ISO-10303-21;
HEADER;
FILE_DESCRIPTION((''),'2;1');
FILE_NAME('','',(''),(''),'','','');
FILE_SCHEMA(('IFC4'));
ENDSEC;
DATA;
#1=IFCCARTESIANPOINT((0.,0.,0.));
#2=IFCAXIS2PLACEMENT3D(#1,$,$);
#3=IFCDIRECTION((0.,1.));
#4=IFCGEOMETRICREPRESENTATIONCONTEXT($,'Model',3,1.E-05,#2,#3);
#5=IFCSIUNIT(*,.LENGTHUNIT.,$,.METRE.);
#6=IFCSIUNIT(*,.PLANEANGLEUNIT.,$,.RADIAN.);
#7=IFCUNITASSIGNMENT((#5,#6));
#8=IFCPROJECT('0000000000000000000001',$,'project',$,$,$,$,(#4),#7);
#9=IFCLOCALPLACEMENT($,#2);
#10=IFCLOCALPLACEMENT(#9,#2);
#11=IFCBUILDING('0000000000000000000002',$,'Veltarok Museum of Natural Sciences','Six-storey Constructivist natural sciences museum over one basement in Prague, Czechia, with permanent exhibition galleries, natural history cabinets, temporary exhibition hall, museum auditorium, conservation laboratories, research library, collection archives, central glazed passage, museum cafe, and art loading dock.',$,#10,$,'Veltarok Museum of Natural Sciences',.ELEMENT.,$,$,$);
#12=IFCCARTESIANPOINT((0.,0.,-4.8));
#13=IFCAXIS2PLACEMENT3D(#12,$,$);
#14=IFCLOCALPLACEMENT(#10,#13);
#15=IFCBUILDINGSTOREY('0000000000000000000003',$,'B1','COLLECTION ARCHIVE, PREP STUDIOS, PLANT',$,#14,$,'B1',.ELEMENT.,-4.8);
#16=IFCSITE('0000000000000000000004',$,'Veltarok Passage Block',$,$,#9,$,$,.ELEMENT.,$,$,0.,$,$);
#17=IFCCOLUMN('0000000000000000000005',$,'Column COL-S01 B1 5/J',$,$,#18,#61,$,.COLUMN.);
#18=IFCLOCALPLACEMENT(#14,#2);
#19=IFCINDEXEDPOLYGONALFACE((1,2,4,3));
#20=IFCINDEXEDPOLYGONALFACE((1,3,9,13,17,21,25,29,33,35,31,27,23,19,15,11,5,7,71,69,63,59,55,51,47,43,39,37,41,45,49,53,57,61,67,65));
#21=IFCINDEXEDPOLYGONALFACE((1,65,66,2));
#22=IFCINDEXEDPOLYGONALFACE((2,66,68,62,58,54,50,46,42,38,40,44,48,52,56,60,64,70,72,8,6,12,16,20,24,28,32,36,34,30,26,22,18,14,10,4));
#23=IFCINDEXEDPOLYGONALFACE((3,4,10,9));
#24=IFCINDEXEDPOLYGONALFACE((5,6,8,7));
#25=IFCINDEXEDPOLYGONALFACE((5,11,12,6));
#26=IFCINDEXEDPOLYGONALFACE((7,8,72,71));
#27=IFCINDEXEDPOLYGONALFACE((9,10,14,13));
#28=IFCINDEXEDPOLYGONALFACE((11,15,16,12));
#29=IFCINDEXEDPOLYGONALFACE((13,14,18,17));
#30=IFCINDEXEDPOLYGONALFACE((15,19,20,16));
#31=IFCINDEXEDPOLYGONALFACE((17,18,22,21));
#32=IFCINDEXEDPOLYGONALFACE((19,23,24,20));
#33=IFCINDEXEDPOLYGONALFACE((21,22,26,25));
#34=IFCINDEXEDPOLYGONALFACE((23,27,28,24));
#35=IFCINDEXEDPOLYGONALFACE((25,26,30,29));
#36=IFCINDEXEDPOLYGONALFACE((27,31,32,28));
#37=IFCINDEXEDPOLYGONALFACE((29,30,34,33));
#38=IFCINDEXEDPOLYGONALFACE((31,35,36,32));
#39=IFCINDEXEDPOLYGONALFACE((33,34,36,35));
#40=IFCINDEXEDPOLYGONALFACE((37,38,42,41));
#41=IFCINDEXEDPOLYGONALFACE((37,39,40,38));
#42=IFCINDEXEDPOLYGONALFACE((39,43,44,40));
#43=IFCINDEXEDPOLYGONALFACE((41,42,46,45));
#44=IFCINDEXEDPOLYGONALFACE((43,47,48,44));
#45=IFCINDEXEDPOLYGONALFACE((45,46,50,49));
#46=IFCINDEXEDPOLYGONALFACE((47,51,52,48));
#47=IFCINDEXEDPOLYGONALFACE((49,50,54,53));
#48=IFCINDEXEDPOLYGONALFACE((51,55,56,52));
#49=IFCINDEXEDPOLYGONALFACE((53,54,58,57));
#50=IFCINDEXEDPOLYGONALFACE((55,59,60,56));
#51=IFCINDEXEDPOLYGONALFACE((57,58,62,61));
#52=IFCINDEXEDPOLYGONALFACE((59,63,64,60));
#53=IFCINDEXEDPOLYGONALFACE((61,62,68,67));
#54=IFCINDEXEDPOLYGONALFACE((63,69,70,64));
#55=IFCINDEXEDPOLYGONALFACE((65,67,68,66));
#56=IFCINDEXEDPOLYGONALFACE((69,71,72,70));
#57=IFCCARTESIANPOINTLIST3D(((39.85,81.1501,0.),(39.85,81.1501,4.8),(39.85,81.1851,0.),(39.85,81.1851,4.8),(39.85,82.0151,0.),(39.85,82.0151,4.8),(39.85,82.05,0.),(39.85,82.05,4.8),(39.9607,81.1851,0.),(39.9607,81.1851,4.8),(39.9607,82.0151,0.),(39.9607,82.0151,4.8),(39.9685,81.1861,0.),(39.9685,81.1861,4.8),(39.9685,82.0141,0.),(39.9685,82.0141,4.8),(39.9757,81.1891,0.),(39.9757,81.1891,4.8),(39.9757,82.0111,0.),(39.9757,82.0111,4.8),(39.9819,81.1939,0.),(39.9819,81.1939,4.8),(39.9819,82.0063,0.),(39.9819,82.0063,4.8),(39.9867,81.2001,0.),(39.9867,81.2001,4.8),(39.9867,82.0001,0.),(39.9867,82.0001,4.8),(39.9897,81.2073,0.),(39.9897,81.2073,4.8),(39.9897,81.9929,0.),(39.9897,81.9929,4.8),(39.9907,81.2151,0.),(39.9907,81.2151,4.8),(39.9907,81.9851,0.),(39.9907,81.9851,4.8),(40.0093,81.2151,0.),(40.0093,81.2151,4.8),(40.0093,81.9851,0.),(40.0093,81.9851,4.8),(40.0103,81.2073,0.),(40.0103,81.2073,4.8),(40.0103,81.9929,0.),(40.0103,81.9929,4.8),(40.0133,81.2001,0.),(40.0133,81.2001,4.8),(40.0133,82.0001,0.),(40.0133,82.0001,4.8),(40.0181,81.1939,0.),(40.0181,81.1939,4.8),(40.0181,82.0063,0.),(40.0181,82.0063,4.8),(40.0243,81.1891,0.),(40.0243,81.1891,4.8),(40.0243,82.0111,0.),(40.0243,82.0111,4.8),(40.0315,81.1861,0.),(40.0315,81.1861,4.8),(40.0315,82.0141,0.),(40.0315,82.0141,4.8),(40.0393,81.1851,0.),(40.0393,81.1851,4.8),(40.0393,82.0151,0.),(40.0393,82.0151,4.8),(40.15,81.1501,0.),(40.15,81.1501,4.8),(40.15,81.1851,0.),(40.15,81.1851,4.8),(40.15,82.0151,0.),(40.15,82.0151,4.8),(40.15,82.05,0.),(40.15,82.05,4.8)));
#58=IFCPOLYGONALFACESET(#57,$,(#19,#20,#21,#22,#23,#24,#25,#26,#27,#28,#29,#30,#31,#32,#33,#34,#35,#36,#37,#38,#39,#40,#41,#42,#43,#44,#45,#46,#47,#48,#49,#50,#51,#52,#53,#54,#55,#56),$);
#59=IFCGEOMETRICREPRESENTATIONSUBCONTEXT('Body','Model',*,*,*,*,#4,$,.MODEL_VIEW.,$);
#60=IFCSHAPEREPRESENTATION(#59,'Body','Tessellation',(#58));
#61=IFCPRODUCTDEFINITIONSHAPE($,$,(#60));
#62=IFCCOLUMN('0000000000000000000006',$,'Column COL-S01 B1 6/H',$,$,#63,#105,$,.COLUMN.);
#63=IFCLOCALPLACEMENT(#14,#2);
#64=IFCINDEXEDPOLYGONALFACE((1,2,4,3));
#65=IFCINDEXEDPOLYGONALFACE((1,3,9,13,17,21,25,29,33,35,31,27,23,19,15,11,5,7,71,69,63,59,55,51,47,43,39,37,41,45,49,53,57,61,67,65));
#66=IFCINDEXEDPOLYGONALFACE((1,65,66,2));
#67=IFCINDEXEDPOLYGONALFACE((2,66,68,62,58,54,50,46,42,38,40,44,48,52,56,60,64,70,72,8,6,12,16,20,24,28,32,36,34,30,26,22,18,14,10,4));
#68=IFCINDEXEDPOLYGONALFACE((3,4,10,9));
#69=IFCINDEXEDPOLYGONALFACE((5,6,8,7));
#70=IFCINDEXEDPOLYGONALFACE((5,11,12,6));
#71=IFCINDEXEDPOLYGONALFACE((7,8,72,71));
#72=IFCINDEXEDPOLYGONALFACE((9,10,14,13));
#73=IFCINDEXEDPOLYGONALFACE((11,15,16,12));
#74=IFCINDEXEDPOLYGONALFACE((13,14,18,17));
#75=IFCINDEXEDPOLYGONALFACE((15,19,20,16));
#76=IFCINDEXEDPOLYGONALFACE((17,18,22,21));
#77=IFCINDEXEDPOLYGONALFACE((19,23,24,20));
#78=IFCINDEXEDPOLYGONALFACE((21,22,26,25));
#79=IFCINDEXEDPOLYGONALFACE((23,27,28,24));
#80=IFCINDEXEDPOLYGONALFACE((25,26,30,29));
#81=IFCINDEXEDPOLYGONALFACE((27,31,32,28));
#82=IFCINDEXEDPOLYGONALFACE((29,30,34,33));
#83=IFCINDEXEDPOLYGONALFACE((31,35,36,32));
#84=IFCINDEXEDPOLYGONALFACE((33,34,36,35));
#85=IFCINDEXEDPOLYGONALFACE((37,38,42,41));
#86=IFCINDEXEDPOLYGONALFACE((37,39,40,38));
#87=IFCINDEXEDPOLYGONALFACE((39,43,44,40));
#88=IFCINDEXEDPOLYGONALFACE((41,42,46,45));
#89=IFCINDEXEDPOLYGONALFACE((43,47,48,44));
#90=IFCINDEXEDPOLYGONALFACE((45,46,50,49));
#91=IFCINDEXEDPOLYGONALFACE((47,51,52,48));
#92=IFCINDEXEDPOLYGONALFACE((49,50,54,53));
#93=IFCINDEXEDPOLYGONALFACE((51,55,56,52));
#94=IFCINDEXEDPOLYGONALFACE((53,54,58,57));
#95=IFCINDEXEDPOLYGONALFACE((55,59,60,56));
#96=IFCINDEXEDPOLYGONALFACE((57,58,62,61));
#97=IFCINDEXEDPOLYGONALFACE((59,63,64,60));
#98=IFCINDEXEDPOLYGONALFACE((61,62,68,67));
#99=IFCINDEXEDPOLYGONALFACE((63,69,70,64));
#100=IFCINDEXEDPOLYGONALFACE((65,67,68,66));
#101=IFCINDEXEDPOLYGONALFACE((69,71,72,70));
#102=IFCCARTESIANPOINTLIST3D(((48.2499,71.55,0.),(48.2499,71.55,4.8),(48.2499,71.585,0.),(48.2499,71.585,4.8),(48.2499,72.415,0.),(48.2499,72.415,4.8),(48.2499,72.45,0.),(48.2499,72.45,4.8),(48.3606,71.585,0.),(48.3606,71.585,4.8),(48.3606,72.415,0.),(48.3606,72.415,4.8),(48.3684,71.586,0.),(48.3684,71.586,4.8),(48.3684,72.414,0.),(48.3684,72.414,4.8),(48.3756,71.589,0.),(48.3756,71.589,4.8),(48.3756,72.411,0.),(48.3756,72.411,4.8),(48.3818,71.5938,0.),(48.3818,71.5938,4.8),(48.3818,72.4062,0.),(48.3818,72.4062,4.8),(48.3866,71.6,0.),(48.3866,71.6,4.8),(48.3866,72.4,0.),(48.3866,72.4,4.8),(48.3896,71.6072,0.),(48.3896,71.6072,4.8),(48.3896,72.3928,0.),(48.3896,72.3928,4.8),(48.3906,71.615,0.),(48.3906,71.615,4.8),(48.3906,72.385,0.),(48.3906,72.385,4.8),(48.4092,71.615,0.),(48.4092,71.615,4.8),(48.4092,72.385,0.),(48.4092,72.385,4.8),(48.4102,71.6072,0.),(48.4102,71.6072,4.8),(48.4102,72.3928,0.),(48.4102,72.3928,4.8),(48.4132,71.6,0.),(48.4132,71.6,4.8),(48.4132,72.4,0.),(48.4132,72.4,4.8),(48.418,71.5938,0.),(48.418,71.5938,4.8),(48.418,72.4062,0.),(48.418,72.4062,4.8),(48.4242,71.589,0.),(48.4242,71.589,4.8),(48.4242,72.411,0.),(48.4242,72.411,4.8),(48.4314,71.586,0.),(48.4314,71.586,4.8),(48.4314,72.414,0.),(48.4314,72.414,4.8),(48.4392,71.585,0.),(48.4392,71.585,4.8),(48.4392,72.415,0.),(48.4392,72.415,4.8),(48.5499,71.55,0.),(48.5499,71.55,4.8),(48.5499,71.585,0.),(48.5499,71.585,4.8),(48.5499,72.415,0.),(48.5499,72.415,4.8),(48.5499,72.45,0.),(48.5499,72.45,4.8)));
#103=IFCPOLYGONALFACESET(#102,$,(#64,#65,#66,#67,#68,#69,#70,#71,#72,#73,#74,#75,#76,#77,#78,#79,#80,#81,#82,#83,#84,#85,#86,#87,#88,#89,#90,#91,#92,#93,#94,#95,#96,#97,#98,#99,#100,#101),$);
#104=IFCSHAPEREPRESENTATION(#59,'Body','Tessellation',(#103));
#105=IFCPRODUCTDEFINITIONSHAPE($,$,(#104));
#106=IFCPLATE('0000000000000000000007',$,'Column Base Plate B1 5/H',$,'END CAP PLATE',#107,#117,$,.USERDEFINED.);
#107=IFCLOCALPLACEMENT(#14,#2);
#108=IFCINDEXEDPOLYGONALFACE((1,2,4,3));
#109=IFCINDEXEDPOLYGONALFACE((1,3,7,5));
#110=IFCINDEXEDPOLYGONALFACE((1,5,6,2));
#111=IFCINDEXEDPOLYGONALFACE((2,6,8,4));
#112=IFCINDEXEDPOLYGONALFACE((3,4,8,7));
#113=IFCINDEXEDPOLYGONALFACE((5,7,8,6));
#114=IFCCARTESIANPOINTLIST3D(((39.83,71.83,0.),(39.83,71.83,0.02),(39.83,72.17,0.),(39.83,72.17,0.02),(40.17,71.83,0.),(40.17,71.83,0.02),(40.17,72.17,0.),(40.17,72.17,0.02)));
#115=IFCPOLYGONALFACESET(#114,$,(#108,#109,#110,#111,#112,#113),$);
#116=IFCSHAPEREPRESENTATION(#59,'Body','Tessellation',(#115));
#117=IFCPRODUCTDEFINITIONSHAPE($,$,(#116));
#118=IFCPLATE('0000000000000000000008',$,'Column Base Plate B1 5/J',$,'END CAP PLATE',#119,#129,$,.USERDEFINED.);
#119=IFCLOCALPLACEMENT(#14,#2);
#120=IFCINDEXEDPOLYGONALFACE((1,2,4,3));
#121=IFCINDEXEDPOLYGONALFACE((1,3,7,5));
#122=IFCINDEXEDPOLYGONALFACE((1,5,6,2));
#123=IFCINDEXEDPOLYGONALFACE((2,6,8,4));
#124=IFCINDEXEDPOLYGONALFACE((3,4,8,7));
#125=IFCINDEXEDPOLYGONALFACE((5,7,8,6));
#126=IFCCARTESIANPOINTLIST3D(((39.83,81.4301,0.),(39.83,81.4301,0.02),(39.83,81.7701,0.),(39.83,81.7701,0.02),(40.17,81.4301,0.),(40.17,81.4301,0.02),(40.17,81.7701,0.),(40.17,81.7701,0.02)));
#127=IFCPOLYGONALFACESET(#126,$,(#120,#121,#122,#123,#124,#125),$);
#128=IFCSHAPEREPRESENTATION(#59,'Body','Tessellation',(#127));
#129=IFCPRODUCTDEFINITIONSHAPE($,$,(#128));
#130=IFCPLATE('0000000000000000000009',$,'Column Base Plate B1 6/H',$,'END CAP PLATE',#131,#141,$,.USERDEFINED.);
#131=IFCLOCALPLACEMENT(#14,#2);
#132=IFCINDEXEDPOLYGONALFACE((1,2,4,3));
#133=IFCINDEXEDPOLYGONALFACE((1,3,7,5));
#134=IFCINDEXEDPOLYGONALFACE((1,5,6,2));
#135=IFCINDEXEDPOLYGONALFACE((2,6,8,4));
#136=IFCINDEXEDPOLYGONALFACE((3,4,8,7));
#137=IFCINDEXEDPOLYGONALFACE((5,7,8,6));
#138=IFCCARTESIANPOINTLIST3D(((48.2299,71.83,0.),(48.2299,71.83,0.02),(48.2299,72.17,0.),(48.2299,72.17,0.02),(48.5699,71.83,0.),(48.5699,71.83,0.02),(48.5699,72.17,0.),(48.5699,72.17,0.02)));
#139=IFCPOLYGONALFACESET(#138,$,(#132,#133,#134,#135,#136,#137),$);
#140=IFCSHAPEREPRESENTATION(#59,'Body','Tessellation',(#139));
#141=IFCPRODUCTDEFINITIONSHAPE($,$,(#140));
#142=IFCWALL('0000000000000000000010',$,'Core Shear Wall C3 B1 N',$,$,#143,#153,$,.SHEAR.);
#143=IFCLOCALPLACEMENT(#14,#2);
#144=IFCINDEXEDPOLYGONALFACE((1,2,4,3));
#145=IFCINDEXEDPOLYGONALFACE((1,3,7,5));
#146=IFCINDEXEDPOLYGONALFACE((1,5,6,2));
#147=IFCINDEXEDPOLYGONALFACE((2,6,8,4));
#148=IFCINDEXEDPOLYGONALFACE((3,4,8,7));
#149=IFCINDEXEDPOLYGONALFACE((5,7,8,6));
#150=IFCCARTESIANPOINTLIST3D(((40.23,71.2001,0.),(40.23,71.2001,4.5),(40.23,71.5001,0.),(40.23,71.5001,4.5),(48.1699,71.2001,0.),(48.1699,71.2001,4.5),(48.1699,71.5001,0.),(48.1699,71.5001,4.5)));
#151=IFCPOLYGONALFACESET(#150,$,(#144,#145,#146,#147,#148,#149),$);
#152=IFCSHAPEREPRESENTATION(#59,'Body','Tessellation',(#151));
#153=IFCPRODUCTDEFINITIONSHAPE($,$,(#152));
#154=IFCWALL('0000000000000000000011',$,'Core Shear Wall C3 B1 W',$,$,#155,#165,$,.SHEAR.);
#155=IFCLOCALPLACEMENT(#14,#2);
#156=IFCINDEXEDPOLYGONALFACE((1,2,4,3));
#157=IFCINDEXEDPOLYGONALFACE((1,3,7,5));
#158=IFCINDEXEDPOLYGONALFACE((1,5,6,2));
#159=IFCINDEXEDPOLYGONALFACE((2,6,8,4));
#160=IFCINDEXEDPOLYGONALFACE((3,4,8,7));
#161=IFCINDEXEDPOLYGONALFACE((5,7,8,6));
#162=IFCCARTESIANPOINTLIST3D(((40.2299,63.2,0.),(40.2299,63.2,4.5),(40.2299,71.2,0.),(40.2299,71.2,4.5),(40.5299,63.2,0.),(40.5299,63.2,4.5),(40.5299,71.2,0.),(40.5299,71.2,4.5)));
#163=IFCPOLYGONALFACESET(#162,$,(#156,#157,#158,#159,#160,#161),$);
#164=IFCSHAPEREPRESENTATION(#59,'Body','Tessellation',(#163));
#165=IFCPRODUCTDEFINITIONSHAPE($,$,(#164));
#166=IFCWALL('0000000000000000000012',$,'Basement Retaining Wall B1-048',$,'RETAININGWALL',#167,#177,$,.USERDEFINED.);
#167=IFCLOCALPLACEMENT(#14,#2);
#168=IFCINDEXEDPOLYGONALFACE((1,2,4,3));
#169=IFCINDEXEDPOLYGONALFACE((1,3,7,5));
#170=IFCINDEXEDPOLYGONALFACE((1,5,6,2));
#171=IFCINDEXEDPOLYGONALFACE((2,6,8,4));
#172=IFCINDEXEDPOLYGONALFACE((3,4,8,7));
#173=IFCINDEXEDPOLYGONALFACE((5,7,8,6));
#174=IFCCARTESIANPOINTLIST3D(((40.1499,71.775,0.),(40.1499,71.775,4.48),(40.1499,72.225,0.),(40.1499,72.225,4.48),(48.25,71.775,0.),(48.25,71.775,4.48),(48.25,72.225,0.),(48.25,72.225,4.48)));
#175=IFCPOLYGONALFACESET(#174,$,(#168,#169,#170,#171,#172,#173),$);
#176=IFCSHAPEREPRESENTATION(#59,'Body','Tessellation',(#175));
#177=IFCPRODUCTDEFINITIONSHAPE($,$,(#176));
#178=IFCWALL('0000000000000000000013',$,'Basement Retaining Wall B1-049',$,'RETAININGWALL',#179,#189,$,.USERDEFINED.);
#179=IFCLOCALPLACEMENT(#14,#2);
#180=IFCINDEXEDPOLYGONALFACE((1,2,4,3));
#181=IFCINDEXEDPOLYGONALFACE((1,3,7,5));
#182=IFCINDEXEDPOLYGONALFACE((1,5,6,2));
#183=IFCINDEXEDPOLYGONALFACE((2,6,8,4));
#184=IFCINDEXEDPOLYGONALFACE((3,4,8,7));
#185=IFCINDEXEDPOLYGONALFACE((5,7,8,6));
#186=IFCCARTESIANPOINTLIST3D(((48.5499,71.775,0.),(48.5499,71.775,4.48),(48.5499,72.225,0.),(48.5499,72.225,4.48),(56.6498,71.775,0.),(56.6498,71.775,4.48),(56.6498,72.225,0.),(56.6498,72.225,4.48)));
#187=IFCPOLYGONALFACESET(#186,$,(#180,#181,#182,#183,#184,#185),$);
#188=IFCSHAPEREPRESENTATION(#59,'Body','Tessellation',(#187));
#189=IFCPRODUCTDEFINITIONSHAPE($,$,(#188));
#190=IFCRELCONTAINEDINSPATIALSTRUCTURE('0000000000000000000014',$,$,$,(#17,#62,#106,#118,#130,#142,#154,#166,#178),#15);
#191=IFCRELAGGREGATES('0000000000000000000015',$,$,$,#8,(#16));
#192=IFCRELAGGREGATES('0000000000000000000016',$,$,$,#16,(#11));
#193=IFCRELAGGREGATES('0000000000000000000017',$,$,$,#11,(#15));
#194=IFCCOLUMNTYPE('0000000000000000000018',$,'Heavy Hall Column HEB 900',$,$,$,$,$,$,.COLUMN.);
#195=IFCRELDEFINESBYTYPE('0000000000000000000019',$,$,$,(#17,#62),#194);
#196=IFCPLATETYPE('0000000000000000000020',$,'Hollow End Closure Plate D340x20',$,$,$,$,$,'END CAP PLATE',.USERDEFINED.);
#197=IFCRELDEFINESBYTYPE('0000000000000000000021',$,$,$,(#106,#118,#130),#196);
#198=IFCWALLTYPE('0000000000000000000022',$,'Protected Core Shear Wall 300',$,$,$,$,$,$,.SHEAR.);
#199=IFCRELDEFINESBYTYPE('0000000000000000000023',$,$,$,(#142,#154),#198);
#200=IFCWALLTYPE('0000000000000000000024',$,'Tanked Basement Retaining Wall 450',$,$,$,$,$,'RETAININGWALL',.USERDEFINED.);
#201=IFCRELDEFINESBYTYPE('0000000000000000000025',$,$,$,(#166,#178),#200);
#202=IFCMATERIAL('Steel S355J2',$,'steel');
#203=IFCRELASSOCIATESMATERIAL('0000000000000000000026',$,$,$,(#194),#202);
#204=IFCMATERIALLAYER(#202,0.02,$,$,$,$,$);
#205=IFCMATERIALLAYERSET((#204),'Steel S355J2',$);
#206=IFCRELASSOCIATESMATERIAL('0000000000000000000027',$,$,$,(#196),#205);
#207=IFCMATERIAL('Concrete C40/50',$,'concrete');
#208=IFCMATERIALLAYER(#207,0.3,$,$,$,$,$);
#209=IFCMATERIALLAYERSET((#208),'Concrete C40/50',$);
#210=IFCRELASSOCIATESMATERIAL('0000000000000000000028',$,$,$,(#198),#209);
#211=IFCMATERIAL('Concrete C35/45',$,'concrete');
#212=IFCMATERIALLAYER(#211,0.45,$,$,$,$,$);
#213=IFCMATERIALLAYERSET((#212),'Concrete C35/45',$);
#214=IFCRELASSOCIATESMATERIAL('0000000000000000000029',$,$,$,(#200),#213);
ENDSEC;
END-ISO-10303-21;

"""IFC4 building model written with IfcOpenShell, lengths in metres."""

from ifc_helpers import new_model, si_unit, direction, frame, frame_2d, origin, origin_2d, place, context, subcontext, project, spatial, rectangle, i_section, extrude, material, layer, layer_set, material_profile, profile_set, type_object, element, save


model = new_model("IFC4")

# Units and contexts
model_context = context("Model", 3, precision=1e-05, world=origin(), true_north=direction((0.0, 1.0)))
body_context = subcontext(model_context, "Body", "Model", "MODEL_VIEW")
ifc_project = project(units=[si_unit("LENGTHUNIT", "METRE"), si_unit("PLANEANGLEUNIT", "RADIAN")], contexts=[model_context])

# Site, building, storey
site_placement = place(None, origin())
site = spatial("IfcSite", under=ifc_project, at=site_placement, Name="Veltarok Passage Block", CompositionType="ELEMENT", RefElevation=0.0)
building_placement = place(site_placement, origin())
building = spatial("IfcBuilding", under=site, at=building_placement, Name="Veltarok Museum of Natural Sciences", Description="Six-storey Constructivist natural sciences museum over one basement in Prague, Czechia, with permanent exhibition galleries, natural history cabinets, temporary exhibition hall, museum auditorium, conservation laboratories, research library, collection archives, central glazed passage, museum cafe, and art loading dock.", LongName="Veltarok Museum of Natural Sciences", CompositionType="ELEMENT")
storey_placement = place(building_placement, frame((0.0, 0.0, -4.8)))
storey = spatial("IfcBuildingStorey", under=building, at=storey_placement, Name="B1", Description="COLLECTION ARCHIVE, PREP STUDIOS, PLANT", LongName="B1", CompositionType="ELEMENT", Elevation=-4.8)

# Shared definitions
ifc_material_1 = material(Name="Concrete C35/45", Category="concrete")

# Columns
ifc_material_2 = material(Name="Steel S355J2", Category="steel")
ifc_material_profile_1 = material_profile(ifc_material_2, i_section(OverallWidth=0.3, OverallDepth=0.8999, WebThickness=0.0186, FlangeThickness=0.0349, FilletRadius=0.03, at=origin_2d()), Name="HEB 900")
ifc_profile_set_1 = profile_set([ifc_material_profile_1], Name="Steel S355J2")
column_type = type_object("IfcColumnType", Name="Heavy Hall Column HEB 900", PredefinedType="COLUMN", material=ifc_profile_set_1)
for number, where, z_axis, x_axis, name in (
    (1, (40.0, 81.6001, 0.0), (0.0, 0.0, 1.0), (1.0, 0.0, 0.0), "Column COL-S01 B1 5/J"),
    (2, (48.3999, 72.0, 0.0), (0.0, 0.0, 1.0), (1.0, 0.0, 0.0), "Column COL-S01 B1 6/H"),
):
    element("IfcColumn", number, at=place(storey_placement, frame(where, z_axis=z_axis, x_axis=x_axis)), inside=storey, type_object=column_type, Name=name, PredefinedType="COLUMN", context=body_context, shape_type="SweptSolid", body=[
        extrude(i_section(OverallWidth=0.3, OverallDepth=0.8999, WebThickness=0.0186, FlangeThickness=0.0349, FilletRadius=0.03, at=origin_2d()), origin(), (0.0, 0.0, 1.0), 4.8),
    ])

# Plates
ifc_layer_1 = layer(ifc_material_2, 0.02)
ifc_layer_set_1 = layer_set([ifc_layer_1], Name="Steel S355J2")
plate_type = type_object("IfcPlateType", Name="Hollow End Closure Plate D340x20", ElementType="END CAP PLATE", PredefinedType="USERDEFINED", material=ifc_layer_set_1)
for number, where, z_axis, x_axis, name in (
    (3, (40.0, 72.0, 0.0), (0.0, 0.0, 1.0), (1.0, 0.0, 0.0), "Column Base Plate B1 5/H"),
    (4, (40.0, 81.6001, 0.0), (0.0, 0.0, 1.0), (1.0, 0.0, 0.0), "Column Base Plate B1 5/J"),
    (5, (48.3999, 72.0, 0.0), (0.0, 0.0, 1.0), (1.0, 0.0, 0.0), "Column Base Plate B1 6/H"),
):
    element("IfcPlate", number, at=place(storey_placement, frame(where, z_axis=z_axis, x_axis=x_axis)), inside=storey, type_object=plate_type, Name=name, ObjectType="END CAP PLATE", PredefinedType="USERDEFINED", context=body_context, shape_type="SweptSolid", body=[
        extrude(rectangle(XDim=0.3401, YDim=0.3401, at=origin_2d()), origin(), (0.0, 0.0, 1.0), 0.02),
    ])

# Walls
ifc_material_3 = material(Name="Concrete C40/50", Category="concrete")
ifc_layer_2 = layer(ifc_material_3, 0.3)
ifc_layer_set_2 = layer_set([ifc_layer_2], Name="Concrete C40/50")
wall_type_1 = type_object("IfcWallType", Name="Protected Core Shear Wall 300", PredefinedType="SHEAR", material=ifc_layer_set_2)
wall_1_placement = place(storey_placement, frame((48.1699, 71.3501, 0.0), z_axis=(0.0, 0.0, 1.0), x_axis=(-1.0, 0.0, 0.0)))
element("IfcWall", 6, at=wall_1_placement, inside=storey, type_object=wall_type_1, Name="Core Shear Wall C3 B1 N", PredefinedType="SHEAR", context=body_context, shape_type="SweptSolid", body=[
    extrude(rectangle(XDim=7.9399, YDim=0.3, at=frame_2d((3.97, 0.0))), origin(), (0.0, 0.0, 1.0), 4.5),
])
wall_2_placement = place(storey_placement, frame((40.3799, 71.2, 0.0), z_axis=(0.0, 0.0, 1.0), x_axis=(0.0, -1.0, 0.0)))
element("IfcWall", 7, at=wall_2_placement, inside=storey, type_object=wall_type_1, Name="Core Shear Wall C3 B1 W", PredefinedType="SHEAR", context=body_context, shape_type="SweptSolid", body=[
    extrude(rectangle(XDim=8.0, YDim=0.3, at=frame_2d((4.0, 0.0))), origin(), (0.0, 0.0, 1.0), 4.5),
])
ifc_layer_3 = layer(ifc_material_1, 0.45)
ifc_layer_set_3 = layer_set([ifc_layer_3], Name="Concrete C35/45")
wall_type_2 = type_object("IfcWallType", Name="Tanked Basement Retaining Wall 450", ElementType="RETAININGWALL", PredefinedType="USERDEFINED", material=ifc_layer_set_3)
wall_3_placement = place(storey_placement, frame((40.1499, 72.0, 0.0), z_axis=(0.0, 0.0, 1.0), x_axis=(1.0, 0.0, 0.0)))
element("IfcWall", 8, at=wall_3_placement, inside=storey, type_object=wall_type_2, Name="Basement Retaining Wall B1-048", ObjectType="RETAININGWALL", PredefinedType="USERDEFINED", context=body_context, shape_type="SweptSolid", body=[
    extrude(rectangle(XDim=8.1001, YDim=0.45, at=frame_2d((4.05, 0.0))), origin(), (0.0, 0.0, 1.0), 4.48),
])
wall_4_placement = place(storey_placement, frame((48.55, 72.0, 0.0), z_axis=(0.0, 0.0, 1.0), x_axis=(1.0, 0.0, 0.0)))
element("IfcWall", 9, at=wall_4_placement, inside=storey, type_object=wall_type_2, Name="Basement Retaining Wall B1-049", ObjectType="RETAININGWALL", PredefinedType="USERDEFINED", context=body_context, shape_type="SweptSolid", body=[
    extrude(rectangle(XDim=8.0999, YDim=0.45, at=frame_2d((4.0498, 0.0))), origin(), (0.0, 0.0, 1.0), 4.48),
])

save(model, "model.ifc")
